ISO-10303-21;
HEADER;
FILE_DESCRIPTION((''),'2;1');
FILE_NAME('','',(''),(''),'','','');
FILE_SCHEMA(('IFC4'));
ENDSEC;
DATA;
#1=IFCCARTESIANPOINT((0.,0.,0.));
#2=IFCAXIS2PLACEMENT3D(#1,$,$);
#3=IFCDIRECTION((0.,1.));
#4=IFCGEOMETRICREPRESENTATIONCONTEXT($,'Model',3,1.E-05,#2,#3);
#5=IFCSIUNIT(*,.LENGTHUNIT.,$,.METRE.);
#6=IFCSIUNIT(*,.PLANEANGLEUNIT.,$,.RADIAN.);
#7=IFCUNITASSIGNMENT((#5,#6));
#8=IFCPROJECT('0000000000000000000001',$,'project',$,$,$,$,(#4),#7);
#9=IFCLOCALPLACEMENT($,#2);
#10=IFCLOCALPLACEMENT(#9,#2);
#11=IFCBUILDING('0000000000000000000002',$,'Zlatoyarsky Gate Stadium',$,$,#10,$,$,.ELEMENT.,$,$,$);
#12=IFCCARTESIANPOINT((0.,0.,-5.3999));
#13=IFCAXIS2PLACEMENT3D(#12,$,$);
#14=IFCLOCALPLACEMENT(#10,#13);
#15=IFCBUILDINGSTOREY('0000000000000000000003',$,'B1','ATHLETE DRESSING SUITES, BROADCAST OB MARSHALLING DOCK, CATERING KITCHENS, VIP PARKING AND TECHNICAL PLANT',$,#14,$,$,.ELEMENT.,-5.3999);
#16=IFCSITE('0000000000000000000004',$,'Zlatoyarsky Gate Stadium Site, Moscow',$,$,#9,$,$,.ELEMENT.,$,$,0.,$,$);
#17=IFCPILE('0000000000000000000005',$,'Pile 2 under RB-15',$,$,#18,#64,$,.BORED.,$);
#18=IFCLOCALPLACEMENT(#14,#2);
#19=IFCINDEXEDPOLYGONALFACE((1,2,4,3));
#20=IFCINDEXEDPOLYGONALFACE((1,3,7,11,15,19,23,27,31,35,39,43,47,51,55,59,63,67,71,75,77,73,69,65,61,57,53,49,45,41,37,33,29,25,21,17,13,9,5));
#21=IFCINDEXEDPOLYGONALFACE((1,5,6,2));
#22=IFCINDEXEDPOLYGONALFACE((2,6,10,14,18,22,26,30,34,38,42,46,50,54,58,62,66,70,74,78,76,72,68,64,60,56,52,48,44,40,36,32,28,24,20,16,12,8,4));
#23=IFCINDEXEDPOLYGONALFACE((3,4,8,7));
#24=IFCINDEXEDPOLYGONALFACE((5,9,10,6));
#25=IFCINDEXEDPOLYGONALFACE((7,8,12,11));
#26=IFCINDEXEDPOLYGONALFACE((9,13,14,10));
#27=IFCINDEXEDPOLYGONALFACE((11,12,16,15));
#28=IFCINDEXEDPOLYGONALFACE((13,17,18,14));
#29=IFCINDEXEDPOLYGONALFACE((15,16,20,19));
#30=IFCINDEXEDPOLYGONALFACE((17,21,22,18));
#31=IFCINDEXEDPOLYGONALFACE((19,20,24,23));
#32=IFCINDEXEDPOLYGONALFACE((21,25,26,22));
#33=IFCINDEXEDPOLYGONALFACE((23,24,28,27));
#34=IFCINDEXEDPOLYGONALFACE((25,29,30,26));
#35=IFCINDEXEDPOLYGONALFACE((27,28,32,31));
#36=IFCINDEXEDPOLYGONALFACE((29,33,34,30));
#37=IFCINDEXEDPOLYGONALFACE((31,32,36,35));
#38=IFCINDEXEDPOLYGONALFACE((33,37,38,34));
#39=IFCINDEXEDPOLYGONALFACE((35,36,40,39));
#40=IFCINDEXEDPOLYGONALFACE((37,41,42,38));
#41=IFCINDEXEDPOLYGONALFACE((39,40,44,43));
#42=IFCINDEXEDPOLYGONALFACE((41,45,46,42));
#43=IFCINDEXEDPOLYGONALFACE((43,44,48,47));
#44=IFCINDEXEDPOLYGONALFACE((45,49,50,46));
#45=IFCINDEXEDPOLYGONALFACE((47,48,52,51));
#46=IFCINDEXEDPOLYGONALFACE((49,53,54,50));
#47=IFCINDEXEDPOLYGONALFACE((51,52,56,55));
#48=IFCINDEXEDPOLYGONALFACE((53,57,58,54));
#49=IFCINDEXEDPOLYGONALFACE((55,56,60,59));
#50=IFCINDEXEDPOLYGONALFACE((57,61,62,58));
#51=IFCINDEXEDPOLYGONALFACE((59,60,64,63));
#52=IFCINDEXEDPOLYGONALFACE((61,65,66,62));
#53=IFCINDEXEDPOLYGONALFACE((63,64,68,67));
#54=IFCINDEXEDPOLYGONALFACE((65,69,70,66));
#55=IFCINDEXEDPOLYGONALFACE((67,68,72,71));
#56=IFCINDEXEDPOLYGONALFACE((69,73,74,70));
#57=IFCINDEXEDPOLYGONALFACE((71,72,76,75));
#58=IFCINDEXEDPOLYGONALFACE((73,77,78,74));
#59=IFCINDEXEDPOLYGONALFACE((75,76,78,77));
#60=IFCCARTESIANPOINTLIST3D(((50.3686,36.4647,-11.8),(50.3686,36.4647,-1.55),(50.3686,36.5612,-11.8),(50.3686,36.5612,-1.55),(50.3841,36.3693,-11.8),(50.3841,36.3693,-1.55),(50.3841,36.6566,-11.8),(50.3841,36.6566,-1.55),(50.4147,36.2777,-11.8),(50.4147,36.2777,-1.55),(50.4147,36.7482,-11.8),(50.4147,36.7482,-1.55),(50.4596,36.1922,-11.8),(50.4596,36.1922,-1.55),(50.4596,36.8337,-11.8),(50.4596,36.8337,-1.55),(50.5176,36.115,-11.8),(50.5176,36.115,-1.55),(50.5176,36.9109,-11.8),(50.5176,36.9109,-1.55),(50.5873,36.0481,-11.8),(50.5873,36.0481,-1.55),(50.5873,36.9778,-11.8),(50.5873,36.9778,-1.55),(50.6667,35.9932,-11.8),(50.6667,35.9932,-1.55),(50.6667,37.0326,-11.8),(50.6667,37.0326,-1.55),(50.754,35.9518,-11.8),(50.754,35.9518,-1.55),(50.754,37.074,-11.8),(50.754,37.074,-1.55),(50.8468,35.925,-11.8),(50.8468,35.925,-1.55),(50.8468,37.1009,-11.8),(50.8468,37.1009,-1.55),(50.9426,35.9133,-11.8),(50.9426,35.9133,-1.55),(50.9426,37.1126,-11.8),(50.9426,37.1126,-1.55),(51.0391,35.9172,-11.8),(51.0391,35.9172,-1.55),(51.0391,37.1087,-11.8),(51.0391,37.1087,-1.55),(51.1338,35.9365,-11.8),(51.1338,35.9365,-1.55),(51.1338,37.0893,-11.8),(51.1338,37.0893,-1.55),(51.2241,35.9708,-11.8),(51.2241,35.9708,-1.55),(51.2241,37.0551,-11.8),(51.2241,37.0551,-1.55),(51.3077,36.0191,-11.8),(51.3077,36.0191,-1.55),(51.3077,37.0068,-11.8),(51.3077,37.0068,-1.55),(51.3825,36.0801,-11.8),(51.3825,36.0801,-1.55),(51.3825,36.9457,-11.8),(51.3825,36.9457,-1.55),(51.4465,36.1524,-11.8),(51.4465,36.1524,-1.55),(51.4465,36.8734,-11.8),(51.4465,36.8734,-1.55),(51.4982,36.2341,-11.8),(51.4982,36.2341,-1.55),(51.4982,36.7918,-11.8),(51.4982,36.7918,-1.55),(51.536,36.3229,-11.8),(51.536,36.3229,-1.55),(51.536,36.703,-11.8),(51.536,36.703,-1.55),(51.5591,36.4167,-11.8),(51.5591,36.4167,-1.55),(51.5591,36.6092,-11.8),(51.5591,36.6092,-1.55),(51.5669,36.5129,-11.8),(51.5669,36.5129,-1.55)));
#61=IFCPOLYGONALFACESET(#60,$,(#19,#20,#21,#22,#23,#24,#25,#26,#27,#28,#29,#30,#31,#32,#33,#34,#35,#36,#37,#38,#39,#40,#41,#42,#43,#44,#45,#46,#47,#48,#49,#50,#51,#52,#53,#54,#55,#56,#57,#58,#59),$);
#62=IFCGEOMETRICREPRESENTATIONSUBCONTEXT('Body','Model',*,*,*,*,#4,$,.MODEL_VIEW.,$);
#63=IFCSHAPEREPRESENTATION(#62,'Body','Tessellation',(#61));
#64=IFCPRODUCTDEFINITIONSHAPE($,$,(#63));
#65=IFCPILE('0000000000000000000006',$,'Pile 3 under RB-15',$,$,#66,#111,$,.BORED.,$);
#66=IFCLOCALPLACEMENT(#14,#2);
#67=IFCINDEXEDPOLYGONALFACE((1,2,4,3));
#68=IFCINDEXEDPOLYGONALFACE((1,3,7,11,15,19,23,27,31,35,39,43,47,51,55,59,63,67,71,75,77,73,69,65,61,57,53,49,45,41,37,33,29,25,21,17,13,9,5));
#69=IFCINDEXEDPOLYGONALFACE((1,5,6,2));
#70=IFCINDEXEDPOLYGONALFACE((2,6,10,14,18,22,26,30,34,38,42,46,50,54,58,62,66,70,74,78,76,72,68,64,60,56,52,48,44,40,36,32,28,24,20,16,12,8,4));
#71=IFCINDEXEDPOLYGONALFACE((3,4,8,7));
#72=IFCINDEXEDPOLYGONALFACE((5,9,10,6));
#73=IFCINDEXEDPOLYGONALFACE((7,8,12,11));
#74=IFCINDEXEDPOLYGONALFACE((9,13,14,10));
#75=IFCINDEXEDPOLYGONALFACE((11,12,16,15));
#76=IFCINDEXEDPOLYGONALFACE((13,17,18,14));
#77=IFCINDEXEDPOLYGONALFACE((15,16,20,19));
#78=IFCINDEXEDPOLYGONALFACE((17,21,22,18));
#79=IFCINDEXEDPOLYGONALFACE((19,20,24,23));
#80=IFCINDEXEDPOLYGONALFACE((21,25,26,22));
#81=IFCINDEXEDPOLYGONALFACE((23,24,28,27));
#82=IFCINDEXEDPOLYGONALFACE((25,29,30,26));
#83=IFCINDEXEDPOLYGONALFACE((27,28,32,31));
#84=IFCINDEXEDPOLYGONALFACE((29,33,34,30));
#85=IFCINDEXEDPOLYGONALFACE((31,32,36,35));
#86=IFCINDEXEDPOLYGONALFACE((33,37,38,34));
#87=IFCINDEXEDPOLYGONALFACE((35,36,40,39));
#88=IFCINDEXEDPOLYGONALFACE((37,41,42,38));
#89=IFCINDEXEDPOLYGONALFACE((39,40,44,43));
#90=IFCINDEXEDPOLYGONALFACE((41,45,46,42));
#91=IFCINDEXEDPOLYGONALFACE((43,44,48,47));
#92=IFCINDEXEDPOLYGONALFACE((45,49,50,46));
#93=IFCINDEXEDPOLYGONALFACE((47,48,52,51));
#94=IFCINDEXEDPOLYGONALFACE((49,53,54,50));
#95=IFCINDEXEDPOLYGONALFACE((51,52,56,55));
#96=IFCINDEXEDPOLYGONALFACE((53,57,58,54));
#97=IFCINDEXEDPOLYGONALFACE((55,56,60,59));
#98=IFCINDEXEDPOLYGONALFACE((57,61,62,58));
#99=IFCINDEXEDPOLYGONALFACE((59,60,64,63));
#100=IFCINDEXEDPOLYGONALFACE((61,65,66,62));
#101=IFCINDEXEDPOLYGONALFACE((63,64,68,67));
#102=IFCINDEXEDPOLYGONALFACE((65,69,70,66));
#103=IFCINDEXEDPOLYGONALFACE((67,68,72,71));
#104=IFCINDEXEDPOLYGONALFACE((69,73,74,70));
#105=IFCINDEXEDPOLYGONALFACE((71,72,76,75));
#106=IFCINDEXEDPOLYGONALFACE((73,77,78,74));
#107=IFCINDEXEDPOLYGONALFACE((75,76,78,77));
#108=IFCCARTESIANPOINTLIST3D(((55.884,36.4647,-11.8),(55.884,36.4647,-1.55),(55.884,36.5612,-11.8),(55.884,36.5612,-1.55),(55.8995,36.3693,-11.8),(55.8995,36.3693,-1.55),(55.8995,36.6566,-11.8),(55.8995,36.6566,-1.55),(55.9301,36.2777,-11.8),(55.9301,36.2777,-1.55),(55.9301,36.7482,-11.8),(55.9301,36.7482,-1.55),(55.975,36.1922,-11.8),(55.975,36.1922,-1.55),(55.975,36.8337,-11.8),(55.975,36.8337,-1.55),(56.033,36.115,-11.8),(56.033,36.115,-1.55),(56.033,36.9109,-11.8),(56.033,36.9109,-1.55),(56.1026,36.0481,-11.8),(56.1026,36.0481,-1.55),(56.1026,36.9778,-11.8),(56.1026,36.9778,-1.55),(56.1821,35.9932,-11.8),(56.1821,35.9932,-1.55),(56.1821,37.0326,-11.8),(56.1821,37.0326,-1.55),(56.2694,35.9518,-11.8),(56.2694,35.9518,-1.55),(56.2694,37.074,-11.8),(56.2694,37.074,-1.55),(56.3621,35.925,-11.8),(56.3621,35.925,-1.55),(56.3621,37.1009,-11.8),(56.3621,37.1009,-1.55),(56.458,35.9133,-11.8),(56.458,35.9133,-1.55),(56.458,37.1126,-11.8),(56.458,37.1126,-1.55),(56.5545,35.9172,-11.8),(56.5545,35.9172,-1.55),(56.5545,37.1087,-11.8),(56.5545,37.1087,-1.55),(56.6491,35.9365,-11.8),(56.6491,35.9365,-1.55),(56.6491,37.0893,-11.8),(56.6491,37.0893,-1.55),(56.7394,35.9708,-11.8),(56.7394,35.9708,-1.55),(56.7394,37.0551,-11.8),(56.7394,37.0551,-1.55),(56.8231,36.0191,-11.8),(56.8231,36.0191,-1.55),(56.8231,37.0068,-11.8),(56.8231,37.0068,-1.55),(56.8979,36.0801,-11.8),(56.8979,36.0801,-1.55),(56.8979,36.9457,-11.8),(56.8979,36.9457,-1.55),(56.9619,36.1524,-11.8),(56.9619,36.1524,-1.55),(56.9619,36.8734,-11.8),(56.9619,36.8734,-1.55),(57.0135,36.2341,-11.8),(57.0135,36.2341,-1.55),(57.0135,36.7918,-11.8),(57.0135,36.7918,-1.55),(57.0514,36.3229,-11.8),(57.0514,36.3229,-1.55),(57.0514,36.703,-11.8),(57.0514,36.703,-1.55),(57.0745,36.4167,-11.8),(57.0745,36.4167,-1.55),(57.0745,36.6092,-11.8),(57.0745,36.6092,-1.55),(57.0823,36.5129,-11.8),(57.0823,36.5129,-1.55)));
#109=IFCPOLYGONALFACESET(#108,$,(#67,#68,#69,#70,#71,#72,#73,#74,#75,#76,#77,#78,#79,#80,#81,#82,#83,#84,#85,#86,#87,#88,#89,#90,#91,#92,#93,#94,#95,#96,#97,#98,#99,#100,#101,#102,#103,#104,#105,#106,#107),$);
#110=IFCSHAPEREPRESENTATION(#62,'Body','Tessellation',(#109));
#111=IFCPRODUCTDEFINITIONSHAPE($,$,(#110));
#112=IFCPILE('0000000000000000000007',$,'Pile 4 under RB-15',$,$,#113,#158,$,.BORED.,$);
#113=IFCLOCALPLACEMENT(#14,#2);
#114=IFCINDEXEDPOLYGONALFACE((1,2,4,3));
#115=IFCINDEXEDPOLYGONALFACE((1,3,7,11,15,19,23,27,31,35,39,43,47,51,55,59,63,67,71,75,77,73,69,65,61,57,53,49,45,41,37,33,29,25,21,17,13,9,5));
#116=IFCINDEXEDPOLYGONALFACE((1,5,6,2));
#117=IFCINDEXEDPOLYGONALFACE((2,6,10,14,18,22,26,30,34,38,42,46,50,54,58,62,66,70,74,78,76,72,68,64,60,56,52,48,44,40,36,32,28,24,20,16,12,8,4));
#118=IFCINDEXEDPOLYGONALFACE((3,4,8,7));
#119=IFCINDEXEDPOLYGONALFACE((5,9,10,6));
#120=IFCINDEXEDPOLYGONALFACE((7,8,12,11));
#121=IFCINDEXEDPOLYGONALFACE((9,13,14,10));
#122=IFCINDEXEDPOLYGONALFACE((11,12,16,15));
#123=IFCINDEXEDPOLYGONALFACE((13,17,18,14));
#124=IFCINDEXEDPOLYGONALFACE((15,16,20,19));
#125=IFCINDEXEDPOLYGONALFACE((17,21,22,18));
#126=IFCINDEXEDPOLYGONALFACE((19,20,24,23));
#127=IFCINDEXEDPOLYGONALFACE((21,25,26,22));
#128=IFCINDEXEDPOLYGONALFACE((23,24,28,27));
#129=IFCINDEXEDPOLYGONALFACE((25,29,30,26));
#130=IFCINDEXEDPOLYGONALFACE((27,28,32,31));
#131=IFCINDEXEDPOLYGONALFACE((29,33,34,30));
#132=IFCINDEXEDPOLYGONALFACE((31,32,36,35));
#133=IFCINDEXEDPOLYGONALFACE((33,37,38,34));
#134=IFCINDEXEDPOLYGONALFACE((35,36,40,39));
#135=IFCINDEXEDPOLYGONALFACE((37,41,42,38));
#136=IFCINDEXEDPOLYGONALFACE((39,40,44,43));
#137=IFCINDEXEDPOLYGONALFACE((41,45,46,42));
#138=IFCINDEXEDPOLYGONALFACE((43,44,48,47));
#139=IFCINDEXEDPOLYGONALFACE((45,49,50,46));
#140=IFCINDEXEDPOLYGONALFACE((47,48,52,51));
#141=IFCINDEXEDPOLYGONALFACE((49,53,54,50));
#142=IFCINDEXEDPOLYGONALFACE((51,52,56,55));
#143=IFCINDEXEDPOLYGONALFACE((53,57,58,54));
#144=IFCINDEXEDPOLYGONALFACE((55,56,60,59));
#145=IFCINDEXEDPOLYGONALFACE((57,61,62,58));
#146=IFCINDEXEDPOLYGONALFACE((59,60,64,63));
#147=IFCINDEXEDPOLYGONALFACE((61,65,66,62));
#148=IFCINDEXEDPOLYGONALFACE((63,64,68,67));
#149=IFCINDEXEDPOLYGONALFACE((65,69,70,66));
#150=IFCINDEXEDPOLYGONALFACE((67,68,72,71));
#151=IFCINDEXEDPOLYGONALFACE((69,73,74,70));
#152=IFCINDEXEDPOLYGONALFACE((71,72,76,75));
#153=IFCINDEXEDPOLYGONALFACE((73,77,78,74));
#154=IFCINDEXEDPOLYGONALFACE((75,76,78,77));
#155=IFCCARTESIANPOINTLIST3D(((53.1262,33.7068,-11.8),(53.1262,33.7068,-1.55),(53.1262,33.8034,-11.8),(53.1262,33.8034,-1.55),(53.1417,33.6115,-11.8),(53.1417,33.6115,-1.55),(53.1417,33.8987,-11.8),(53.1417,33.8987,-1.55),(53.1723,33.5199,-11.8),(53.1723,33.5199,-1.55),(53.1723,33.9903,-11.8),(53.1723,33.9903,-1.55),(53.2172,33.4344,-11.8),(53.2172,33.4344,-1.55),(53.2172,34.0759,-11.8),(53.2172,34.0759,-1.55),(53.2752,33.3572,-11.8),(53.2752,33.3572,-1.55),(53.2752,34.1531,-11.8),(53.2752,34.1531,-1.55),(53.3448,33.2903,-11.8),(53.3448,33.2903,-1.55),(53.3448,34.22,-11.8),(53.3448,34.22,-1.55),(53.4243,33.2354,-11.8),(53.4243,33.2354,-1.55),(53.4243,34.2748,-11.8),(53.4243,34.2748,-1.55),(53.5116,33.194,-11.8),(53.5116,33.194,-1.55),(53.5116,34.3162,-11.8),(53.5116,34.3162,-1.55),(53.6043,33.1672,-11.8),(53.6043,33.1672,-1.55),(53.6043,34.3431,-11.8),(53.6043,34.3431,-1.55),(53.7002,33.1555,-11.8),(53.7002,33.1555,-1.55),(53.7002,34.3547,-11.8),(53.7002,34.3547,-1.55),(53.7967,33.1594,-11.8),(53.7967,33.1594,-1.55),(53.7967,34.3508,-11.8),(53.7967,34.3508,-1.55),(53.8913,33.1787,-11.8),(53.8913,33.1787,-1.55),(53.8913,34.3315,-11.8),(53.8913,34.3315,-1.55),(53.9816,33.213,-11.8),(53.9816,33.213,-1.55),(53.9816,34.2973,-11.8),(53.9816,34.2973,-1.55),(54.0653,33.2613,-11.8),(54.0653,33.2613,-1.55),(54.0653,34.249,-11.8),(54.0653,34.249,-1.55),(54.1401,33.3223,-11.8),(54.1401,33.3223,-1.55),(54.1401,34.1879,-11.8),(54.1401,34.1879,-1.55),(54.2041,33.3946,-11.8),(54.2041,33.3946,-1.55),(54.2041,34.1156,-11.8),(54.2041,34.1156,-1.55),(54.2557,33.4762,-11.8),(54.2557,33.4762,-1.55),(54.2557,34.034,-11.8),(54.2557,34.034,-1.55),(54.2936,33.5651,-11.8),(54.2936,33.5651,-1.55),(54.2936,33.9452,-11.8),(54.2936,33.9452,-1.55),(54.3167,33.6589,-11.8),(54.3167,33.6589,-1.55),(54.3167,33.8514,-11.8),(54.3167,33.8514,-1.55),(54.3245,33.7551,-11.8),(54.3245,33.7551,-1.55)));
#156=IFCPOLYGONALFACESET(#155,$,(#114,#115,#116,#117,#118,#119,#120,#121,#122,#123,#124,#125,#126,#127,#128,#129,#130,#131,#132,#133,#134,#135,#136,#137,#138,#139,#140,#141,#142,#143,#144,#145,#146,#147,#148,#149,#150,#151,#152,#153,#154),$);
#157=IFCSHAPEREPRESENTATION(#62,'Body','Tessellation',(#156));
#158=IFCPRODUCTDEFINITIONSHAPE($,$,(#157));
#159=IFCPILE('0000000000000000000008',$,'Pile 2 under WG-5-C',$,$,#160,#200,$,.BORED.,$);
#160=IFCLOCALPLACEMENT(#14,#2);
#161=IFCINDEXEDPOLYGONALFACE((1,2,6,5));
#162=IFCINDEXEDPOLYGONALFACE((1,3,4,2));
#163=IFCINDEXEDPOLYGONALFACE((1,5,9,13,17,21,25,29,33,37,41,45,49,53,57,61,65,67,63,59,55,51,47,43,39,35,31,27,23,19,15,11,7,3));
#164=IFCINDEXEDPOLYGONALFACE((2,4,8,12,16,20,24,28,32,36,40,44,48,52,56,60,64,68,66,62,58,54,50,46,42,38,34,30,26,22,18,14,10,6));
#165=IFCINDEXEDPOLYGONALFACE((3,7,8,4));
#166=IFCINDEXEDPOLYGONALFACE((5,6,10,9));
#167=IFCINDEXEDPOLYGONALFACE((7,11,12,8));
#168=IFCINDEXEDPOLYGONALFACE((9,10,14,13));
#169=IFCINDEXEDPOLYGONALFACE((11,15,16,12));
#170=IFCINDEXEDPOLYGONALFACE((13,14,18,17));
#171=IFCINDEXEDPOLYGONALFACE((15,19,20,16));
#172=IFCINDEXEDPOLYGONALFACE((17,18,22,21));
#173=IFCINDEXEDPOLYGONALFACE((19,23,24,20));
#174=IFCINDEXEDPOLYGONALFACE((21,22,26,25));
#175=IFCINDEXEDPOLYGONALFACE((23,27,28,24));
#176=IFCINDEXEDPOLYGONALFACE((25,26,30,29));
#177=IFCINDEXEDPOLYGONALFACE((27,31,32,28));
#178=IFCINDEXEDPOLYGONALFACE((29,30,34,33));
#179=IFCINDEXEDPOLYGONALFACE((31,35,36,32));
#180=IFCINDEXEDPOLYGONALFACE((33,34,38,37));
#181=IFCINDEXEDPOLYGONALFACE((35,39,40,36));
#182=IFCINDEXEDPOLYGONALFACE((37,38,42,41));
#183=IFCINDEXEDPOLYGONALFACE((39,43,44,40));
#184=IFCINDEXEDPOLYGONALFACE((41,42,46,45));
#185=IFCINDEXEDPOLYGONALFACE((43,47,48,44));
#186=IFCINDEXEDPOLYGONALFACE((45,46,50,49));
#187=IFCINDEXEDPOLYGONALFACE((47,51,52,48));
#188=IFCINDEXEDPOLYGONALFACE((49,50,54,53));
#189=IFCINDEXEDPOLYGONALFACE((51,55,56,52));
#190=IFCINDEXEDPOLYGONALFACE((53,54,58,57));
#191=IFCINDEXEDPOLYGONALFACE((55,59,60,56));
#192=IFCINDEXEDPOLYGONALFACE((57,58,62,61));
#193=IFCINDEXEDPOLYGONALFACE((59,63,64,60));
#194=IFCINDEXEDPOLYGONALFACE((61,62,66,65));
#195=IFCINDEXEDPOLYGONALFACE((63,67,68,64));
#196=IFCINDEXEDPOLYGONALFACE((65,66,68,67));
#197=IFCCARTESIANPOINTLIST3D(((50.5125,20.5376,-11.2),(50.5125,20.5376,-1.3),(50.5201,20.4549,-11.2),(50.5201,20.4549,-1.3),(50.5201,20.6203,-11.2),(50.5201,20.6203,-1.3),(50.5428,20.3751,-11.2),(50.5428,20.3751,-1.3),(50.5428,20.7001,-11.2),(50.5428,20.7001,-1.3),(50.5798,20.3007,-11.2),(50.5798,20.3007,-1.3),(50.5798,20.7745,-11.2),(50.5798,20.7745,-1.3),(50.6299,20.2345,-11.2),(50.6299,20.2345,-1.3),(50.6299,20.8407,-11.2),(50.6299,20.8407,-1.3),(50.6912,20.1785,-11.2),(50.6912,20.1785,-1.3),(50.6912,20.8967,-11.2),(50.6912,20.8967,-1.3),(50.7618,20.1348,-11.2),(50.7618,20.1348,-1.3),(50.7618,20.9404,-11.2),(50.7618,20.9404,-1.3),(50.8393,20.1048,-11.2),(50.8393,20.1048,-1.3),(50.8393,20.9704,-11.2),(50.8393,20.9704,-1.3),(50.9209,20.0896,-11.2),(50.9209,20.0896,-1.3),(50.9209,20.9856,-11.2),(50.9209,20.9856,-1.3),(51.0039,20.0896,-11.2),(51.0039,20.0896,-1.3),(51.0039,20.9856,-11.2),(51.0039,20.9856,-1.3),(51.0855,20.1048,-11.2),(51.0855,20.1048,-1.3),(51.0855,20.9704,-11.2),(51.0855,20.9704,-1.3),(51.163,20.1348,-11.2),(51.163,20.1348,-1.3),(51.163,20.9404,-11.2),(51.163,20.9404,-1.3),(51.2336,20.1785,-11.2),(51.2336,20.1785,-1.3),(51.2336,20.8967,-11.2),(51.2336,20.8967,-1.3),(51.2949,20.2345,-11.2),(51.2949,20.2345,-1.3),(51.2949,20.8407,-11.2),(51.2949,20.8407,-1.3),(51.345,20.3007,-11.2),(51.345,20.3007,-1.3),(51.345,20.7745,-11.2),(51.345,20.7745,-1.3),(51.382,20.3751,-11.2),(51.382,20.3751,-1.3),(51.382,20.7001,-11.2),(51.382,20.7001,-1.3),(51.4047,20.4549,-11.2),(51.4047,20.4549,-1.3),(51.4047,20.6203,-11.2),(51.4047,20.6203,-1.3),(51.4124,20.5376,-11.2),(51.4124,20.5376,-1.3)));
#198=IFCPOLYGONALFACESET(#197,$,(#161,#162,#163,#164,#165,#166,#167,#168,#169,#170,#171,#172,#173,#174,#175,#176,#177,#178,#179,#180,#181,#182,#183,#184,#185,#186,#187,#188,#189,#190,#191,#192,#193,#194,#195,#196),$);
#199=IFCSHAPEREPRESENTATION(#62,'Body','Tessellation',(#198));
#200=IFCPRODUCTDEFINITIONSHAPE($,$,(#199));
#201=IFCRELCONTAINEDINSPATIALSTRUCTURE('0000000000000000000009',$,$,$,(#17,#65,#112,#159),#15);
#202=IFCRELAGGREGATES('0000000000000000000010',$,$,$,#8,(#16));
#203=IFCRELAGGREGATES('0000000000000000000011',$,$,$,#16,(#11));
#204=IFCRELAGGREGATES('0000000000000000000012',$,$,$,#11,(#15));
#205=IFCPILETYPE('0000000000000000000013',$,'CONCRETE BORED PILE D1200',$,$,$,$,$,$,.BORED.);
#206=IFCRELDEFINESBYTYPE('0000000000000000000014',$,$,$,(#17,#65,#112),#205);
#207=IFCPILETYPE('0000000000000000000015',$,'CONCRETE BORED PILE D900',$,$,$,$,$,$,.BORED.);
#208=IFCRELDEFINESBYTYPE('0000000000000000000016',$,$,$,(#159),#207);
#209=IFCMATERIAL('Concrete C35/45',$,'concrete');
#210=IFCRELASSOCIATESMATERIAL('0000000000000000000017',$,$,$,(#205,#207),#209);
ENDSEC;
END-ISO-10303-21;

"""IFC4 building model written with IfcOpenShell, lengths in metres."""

from ifc_helpers import new_model, si_unit, direction, frame, origin, origin_2d, place, context, subcontext, project, spatial, circle, extrude, material, material_profile, profile_set, type_object, element, save


model = new_model("IFC4")

# Units and contexts
model_context = context("Model", 3, precision=1e-05, world=origin(), true_north=direction((0.0, 1.0)))
body_context = subcontext(model_context, "Body", "Model", "MODEL_VIEW")
ifc_project = project(units=[si_unit("LENGTHUNIT", "METRE"), si_unit("PLANEANGLEUNIT", "RADIAN")], contexts=[model_context])

# Site, building, storey
site_placement = place(None, origin())
site = spatial("IfcSite", under=ifc_project, at=site_placement, Name="Zlatoyarsky Gate Stadium Site, Moscow", CompositionType="ELEMENT", RefElevation=0.0)
building_placement = place(site_placement, origin())
building = spatial("IfcBuilding", under=site, at=building_placement, Name="Zlatoyarsky Gate Stadium", CompositionType="ELEMENT")
storey_placement = place(building_placement, frame((0.0, 0.0, -5.3999)))
storey = spatial("IfcBuildingStorey", under=building, at=storey_placement, Name="B1", Description="ATHLETE DRESSING SUITES, BROADCAST OB MARSHALLING DOCK, CATERING KITCHENS, VIP PARKING AND TECHNICAL PLANT", CompositionType="ELEMENT", Elevation=-5.3999)

# Piles
ifc_material_1 = material(Name="Concrete C35/45", Category="concrete")
ifc_material_profile_1 = material_profile(ifc_material_1, circle(Radius=0.6001, at=origin_2d()), Name="BORED PILE D1200")
ifc_profile_set_1 = profile_set([ifc_material_profile_1], Name="Concrete C35/45")
pile_type_1 = type_object("IfcPileType", Name="CONCRETE BORED PILE D1200", PredefinedType="BORED", material=ifc_profile_set_1)
for number, where, z_axis, x_axis, name in (
    (1, (50.9668, 36.5129, -1.55), (0.0, 0.0, -1.0), (1.0, 0.0, 0.0), "Pile 2 under RB-15"),
    (2, (56.4822, 36.5129, -1.55), (0.0, 0.0, -1.0), (1.0, 0.0, 0.0), "Pile 3 under RB-15"),
    (3, (53.7244, 33.7551, -1.55), (0.0, 0.0, -1.0), (1.0, 0.0, 0.0), "Pile 4 under RB-15"),
):
    element("IfcPile", number, at=place(storey_placement, frame(where, z_axis=z_axis, x_axis=x_axis)), inside=storey, type_object=pile_type_1, Name=name, PredefinedType="BORED", context=body_context, shape_type="SweptSolid", body=[
        extrude(circle(Radius=0.6001, at=origin_2d()), origin(), (0.0, 0.0, 1.0), 10.25),
    ])
ifc_material_profile_2 = material_profile(ifc_material_1, circle(Radius=0.45, at=origin_2d()), Name="BORED PILE D900")
ifc_profile_set_2 = profile_set([ifc_material_profile_2], Name="Concrete C35/45")
pile_type_2 = type_object("IfcPileType", Name="CONCRETE BORED PILE D900", PredefinedType="BORED", material=ifc_profile_set_2)
for number, where, z_axis, x_axis, name in (
    (4, (50.9624, 20.5376, -1.3), (0.0, 0.0, -1.0), (1.0, 0.0, 0.0), "Pile 2 under WG-5-C"),
):
    element("IfcPile", number, at=place(storey_placement, frame(where, z_axis=z_axis, x_axis=x_axis)), inside=storey, type_object=pile_type_2, Name=name, PredefinedType="BORED", context=body_context, shape_type="SweptSolid", body=[
        extrude(circle(Radius=0.45, at=origin_2d()), origin(), (0.0, 0.0, 1.0), 9.8999),
    ])

save(model, "model.ifc")
